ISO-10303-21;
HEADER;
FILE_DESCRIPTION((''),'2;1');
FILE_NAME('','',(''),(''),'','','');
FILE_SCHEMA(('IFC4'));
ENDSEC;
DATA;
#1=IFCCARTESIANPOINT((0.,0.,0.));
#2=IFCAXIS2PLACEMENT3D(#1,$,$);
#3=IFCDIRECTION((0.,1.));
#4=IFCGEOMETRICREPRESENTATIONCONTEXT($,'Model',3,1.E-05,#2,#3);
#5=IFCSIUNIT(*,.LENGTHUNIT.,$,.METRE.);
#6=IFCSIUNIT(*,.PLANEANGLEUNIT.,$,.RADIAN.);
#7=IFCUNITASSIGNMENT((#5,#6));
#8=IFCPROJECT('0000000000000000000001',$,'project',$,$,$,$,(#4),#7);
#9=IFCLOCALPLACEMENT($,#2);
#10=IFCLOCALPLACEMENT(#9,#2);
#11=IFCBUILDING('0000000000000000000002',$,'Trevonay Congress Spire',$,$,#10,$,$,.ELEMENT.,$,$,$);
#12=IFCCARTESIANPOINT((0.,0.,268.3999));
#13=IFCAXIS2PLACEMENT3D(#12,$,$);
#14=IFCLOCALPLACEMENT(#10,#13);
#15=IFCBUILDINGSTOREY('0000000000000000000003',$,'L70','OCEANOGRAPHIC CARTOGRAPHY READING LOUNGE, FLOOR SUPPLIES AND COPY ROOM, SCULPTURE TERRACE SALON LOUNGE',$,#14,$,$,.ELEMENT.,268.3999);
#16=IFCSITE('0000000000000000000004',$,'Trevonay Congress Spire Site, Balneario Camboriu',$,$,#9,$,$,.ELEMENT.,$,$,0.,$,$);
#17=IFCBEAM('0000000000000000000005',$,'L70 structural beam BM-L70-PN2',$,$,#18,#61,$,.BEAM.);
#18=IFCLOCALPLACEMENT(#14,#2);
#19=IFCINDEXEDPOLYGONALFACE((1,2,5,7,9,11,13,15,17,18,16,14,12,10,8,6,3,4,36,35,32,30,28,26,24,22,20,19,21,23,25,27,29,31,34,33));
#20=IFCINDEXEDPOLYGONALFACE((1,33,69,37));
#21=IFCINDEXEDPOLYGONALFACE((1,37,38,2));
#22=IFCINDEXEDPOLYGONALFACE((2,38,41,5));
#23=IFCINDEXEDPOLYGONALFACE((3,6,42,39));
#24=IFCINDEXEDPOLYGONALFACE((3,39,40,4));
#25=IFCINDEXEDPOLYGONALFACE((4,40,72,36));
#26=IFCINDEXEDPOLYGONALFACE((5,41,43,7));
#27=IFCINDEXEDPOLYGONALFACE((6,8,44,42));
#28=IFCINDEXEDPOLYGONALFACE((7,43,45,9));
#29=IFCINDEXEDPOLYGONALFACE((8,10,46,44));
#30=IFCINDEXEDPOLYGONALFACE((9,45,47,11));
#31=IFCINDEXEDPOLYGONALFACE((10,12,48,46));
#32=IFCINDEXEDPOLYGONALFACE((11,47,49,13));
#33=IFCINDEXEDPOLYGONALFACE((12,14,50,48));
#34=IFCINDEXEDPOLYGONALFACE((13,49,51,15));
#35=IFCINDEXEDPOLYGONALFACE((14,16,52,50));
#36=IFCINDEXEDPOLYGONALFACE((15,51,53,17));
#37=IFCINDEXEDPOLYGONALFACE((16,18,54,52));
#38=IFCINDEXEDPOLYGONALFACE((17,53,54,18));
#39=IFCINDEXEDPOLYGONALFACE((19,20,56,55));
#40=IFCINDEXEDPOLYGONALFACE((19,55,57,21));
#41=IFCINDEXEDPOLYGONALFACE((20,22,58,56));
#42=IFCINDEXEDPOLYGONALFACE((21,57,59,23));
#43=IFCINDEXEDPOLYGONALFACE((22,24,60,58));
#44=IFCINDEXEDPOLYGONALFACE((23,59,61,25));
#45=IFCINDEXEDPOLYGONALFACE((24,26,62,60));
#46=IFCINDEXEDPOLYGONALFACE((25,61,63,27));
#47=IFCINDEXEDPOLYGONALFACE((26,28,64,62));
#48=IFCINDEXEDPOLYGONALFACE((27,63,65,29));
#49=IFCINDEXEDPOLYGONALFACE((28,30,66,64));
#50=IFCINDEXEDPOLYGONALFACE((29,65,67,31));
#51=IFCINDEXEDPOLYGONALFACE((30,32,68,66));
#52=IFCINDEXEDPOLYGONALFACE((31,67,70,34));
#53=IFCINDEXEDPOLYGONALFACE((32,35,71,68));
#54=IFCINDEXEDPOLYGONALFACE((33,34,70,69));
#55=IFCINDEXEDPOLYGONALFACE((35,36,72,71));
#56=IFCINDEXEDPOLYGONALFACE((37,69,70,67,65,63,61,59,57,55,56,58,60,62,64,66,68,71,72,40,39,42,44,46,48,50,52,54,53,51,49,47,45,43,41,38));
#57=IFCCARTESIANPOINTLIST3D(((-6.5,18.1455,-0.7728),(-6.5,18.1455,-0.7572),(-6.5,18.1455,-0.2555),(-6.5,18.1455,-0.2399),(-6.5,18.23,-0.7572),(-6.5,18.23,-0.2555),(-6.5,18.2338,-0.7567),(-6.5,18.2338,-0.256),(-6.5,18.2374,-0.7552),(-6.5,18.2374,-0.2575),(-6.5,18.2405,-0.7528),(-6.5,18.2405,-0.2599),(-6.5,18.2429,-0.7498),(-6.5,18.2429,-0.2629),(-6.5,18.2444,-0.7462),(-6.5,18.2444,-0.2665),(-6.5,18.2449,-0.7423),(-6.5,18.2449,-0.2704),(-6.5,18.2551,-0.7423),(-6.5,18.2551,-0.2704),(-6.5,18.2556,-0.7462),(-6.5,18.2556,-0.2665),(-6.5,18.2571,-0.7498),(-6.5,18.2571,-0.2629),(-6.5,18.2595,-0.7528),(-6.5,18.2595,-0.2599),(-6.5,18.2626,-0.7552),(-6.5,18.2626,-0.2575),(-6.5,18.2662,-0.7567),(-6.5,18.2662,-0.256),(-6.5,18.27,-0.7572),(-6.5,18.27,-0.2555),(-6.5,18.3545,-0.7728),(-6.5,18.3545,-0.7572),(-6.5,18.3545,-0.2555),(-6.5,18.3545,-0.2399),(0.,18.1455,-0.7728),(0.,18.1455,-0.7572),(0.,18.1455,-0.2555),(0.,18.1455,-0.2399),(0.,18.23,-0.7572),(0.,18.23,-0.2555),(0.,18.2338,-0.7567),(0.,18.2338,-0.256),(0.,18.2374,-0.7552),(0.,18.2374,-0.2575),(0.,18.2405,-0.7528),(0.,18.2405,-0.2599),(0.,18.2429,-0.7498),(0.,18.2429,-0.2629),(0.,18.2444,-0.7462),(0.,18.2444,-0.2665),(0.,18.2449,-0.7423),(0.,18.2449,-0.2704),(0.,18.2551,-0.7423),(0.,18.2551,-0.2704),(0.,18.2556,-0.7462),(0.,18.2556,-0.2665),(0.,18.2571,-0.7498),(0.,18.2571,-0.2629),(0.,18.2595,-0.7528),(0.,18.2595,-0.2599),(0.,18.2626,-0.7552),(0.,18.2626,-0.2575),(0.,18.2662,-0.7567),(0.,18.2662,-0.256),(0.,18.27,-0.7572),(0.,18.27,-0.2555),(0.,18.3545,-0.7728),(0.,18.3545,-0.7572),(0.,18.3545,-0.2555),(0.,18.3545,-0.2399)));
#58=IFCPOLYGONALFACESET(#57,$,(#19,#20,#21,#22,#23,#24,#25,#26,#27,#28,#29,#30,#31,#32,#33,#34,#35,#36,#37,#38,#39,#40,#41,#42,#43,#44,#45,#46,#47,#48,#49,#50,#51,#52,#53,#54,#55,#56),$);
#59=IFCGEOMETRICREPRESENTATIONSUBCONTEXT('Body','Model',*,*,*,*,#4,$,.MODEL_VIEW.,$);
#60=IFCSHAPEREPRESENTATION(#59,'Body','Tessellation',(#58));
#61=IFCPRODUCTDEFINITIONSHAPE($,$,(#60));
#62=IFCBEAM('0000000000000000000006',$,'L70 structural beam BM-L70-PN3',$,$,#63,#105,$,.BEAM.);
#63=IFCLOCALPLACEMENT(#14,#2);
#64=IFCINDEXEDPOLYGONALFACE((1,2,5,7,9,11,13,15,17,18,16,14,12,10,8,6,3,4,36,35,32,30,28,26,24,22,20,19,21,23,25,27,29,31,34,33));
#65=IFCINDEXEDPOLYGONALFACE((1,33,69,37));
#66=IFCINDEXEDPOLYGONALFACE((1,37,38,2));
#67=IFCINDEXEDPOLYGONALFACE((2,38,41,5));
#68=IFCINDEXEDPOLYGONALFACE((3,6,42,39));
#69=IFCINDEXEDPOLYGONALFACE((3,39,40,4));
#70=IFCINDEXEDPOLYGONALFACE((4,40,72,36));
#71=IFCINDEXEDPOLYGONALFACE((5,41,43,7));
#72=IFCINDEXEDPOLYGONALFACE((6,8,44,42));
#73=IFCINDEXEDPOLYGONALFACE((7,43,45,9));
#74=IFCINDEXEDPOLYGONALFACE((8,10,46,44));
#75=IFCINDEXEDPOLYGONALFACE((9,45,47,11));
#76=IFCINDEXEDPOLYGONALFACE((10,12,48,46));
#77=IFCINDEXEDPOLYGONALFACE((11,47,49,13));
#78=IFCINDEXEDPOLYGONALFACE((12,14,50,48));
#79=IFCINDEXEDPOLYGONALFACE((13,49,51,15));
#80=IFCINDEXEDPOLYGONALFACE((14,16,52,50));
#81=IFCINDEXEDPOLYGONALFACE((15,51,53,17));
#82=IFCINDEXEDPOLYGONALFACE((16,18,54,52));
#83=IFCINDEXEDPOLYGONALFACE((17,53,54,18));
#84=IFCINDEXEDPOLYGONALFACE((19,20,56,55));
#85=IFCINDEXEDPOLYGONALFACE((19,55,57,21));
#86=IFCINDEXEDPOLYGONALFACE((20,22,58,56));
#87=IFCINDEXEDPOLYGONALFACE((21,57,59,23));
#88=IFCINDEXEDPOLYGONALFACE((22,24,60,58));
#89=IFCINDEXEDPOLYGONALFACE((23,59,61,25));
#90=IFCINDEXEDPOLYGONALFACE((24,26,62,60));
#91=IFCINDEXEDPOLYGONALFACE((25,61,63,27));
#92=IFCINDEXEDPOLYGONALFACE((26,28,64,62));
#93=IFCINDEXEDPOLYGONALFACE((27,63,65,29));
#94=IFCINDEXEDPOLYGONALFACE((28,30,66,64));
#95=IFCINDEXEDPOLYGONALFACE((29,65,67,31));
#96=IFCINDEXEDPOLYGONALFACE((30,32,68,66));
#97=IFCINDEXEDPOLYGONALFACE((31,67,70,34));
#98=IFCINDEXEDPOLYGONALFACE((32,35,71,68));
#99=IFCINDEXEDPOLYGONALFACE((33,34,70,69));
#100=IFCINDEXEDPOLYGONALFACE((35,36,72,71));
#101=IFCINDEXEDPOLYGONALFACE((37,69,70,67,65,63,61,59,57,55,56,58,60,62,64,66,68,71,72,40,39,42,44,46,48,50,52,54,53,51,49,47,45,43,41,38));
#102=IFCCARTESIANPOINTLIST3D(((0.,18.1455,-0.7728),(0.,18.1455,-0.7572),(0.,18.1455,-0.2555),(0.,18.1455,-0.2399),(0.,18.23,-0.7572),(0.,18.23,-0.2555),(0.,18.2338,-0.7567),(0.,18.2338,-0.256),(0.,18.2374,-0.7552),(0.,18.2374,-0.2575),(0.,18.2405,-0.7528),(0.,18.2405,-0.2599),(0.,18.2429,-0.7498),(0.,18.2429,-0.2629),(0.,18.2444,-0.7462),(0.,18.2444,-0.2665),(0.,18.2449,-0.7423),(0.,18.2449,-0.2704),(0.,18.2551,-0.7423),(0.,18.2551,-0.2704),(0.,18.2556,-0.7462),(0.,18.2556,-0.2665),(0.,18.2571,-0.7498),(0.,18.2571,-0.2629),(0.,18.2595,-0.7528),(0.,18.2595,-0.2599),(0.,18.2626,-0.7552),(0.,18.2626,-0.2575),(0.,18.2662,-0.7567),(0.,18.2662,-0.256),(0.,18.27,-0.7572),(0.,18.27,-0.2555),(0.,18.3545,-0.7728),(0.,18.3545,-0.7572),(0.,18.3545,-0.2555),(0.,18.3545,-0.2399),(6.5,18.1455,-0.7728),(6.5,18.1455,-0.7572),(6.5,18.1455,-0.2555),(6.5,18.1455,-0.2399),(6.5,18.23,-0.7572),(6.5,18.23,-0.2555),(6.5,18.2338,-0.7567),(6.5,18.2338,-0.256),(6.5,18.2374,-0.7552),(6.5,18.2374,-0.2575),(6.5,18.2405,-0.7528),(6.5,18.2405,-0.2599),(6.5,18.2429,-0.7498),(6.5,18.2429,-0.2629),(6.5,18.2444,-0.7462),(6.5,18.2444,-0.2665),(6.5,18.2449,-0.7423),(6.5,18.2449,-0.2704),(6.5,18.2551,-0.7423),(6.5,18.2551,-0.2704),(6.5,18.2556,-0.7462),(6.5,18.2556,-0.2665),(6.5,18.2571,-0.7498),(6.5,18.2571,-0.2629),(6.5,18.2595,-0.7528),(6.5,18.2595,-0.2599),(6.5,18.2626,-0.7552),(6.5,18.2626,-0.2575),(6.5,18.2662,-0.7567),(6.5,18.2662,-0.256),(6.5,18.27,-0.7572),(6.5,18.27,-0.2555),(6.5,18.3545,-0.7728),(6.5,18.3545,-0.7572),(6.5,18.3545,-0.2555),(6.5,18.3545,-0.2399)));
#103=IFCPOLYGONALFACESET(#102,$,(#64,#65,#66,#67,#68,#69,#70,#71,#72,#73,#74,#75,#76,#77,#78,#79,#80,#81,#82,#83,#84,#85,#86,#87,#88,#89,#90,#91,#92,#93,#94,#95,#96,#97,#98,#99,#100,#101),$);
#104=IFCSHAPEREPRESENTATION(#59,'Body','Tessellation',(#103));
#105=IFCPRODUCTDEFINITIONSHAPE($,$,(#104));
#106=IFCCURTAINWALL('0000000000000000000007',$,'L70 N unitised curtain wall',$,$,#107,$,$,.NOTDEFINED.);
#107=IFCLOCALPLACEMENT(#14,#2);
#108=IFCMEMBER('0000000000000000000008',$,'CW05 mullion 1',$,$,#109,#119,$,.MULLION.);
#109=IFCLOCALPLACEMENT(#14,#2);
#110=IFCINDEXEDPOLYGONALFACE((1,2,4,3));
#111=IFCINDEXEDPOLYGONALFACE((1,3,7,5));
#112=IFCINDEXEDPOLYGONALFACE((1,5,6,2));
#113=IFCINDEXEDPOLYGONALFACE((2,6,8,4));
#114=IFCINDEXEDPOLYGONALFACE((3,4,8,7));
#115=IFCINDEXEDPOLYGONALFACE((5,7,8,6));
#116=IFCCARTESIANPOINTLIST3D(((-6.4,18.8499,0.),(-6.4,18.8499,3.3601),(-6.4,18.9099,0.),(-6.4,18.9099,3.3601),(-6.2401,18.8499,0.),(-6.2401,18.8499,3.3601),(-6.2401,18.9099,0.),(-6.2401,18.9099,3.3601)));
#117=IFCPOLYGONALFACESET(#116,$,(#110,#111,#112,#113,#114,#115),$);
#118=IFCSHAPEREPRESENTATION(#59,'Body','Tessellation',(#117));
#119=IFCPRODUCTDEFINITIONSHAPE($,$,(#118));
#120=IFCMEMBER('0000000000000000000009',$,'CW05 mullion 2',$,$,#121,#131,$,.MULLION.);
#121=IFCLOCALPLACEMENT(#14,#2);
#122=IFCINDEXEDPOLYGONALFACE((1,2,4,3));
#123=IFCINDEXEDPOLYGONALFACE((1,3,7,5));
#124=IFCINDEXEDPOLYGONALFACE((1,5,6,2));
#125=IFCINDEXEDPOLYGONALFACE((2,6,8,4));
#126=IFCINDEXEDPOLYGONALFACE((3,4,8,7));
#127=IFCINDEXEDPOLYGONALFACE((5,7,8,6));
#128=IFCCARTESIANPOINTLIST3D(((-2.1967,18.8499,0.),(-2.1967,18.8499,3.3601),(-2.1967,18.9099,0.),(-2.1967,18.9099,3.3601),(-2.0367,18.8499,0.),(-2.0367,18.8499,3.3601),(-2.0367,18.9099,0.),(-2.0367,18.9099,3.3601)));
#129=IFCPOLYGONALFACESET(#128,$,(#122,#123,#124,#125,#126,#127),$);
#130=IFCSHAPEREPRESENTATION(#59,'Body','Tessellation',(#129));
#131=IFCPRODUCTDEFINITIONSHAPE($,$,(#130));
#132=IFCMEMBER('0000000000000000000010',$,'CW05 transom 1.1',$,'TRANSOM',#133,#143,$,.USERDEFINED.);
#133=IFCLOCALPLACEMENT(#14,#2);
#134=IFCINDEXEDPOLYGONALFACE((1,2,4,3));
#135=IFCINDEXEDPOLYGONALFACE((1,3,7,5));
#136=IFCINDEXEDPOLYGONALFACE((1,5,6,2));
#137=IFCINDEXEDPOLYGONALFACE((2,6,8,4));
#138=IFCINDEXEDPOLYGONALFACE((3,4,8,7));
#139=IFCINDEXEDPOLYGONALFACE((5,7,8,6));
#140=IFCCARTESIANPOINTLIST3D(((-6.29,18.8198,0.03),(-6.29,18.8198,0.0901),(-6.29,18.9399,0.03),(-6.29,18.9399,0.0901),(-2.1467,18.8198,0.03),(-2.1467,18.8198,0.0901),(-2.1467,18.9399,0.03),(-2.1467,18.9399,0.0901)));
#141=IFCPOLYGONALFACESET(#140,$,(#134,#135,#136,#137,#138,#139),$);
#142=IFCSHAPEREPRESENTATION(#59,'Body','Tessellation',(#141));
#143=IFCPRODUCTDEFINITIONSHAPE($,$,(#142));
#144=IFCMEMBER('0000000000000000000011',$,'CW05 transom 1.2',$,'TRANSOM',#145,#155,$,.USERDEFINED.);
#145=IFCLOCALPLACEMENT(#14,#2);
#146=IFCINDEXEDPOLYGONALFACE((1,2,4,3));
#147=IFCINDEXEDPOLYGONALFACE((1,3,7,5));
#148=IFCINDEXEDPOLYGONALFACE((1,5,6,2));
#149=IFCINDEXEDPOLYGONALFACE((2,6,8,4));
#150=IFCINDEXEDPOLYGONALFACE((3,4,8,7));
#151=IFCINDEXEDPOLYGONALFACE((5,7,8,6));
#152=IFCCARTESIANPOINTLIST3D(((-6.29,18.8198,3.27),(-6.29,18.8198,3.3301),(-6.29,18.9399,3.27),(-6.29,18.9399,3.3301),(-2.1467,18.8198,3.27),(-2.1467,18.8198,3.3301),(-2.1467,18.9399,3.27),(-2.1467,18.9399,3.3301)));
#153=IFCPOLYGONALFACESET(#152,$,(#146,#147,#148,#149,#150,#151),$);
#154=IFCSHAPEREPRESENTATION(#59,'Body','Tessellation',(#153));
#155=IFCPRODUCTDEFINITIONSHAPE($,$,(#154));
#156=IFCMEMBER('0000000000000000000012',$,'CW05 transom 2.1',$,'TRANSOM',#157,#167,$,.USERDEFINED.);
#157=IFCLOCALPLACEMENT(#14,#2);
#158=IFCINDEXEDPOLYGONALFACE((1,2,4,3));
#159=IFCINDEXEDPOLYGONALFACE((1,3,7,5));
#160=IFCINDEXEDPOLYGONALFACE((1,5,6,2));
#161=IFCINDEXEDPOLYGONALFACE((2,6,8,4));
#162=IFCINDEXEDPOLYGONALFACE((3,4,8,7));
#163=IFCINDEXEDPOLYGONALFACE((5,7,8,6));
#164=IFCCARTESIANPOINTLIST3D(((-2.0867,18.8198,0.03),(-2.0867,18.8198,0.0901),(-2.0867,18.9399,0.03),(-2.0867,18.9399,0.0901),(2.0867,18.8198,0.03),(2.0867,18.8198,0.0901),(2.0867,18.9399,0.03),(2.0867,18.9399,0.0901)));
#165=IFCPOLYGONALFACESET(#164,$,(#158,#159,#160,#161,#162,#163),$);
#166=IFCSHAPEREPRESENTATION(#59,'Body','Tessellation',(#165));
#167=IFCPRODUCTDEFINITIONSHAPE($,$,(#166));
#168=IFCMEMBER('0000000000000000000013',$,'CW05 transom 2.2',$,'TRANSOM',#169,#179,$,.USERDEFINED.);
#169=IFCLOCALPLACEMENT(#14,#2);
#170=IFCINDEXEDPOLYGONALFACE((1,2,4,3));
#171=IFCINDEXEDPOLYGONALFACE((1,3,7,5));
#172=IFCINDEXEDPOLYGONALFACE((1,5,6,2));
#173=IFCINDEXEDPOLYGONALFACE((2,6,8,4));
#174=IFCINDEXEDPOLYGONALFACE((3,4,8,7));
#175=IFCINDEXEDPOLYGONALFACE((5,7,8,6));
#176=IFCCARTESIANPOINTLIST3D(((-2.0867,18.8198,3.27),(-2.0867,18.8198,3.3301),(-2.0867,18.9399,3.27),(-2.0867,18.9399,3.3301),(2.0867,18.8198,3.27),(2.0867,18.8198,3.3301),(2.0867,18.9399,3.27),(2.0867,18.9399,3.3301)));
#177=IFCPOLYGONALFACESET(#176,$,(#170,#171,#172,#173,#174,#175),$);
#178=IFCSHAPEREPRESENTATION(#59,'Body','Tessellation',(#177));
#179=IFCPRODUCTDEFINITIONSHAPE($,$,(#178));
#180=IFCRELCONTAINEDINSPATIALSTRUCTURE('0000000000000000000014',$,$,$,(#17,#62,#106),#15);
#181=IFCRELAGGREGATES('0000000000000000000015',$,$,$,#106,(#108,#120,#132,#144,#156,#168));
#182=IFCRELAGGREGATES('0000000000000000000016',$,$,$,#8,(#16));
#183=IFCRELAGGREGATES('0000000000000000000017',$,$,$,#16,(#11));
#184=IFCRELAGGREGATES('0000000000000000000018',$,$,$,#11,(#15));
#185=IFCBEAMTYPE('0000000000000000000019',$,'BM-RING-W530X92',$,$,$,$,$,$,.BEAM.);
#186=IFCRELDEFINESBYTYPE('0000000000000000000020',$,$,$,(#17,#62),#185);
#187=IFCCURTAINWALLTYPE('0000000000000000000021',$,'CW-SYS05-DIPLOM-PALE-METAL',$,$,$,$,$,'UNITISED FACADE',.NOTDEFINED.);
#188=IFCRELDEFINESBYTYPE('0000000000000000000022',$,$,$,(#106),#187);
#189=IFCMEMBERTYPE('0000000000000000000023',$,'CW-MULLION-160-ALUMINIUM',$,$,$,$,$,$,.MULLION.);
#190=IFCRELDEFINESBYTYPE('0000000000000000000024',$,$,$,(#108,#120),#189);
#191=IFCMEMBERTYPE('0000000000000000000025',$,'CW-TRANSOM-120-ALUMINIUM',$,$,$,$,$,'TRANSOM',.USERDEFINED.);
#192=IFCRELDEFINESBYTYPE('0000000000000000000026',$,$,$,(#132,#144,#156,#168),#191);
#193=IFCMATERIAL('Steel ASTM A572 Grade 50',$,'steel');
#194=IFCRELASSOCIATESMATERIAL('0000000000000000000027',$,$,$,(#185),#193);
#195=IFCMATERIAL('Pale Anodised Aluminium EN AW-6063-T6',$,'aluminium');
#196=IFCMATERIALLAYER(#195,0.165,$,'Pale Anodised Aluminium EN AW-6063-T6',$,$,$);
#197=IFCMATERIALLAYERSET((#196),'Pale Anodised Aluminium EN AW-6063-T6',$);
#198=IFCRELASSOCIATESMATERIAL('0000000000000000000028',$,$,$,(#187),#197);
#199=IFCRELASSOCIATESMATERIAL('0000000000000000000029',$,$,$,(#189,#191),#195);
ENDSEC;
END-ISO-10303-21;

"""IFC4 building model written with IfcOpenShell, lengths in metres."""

from ifc_helpers import new_model, si_unit, direction, frame, origin, origin_2d, place, context, subcontext, project, spatial, rectangle, i_section, extrude, material, layer, layer_set, material_profile, profile_set, type_object, element, aggregate, save


model = new_model("IFC4")

# Units and contexts
model_context = context("Model", 3, precision=1e-05, world=origin(), true_north=direction((0.0, 1.0)))
body_context = subcontext(model_context, "Body", "Model", "MODEL_VIEW")
ifc_project = project(units=[si_unit("LENGTHUNIT", "METRE"), si_unit("PLANEANGLEUNIT", "RADIAN")], contexts=[model_context])

# Site, building, storey
site_placement = place(None, origin())
site = spatial("IfcSite", under=ifc_project, at=site_placement, Name="Trevonay Congress Spire Site, Balneario Camboriu", CompositionType="ELEMENT", RefElevation=0.0)
building_placement = place(site_placement, origin())
building = spatial("IfcBuilding", under=site, at=building_placement, Name="Trevonay Congress Spire", CompositionType="ELEMENT")
storey_placement = place(building_placement, frame((0.0, 0.0, 268.3999)))
storey = spatial("IfcBuildingStorey", under=building, at=storey_placement, Name="L70", Description="OCEANOGRAPHIC CARTOGRAPHY READING LOUNGE, FLOOR SUPPLIES AND COPY ROOM, SCULPTURE TERRACE SALON LOUNGE", CompositionType="ELEMENT", Elevation=268.3999)

# Shared definitions
ifc_material_1 = material(Name="Steel ASTM A572 Grade 50", Category="steel")

# Beams
ifc_material_profile_1 = material_profile(ifc_material_1, i_section(OverallWidth=0.209, OverallDepth=0.533, WebThickness=0.0103, FlangeThickness=0.0156, FilletRadius=0.0149, at=origin_2d()), Name="W530x92")
ifc_profile_set_1 = profile_set([ifc_material_profile_1], Name="Steel ASTM A572 Grade 50")
beam_type_1 = type_object("IfcBeamType", Name="BM-RING-W530X92", PredefinedType="BEAM", material=ifc_profile_set_1)
for number, where, z_axis, x_axis, name in (
    (1, (-6.5, 18.25, -0.5063), (1.0, 0.0, 0.0), (0.0, 1.0, 0.0), "L70 structural beam BM-L70-PN2"),
    (2, (0.0, 18.25, -0.5063), (1.0, 0.0, 0.0), (0.0, 1.0, 0.0), "L70 structural beam BM-L70-PN3"),
):
    element("IfcBeam", number, at=place(storey_placement, frame(where, z_axis=z_axis, x_axis=x_axis)), inside=storey, type_object=beam_type_1, Name=name, PredefinedType="BEAM", context=body_context, shape_type="SweptSolid", body=[
        extrude(i_section(OverallWidth=0.209, OverallDepth=0.533, WebThickness=0.0103, FlangeThickness=0.0156, FilletRadius=0.0149, at=origin_2d()), origin(), (0.0, 0.0, 1.0), 6.5),
    ])

# Curtain wall, members
ifc_material_2 = material(Name="Pale Anodised Aluminium EN AW-6063-T6", Category="aluminium")
ifc_layer_1 = layer(ifc_material_2, 0.165, Name="Pale Anodised Aluminium EN AW-6063-T6")
ifc_layer_set_1 = layer_set([ifc_layer_1], Name="Pale Anodised Aluminium EN AW-6063-T6")
curtain_wall_type = type_object("IfcCurtainWallType", Name="CW-SYS05-DIPLOM-PALE-METAL", ElementType="UNITISED FACADE", PredefinedType="NOTDEFINED", material=ifc_layer_set_1)
curtain_wall_placement = place(storey_placement, origin())
curtain_wall = element("IfcCurtainWall", 3, at=curtain_wall_placement, inside=storey, type_object=curtain_wall_type, Name="L70 N unitised curtain wall", PredefinedType="NOTDEFINED")
ifc_material_profile_2 = material_profile(ifc_material_2, rectangle(XDim=0.0601, YDim=0.1599, at=origin_2d()), Name="CW-MULLION-160-ALUMINIUM")
ifc_profile_set_2 = profile_set([ifc_material_profile_2], Name="Pale Anodised Aluminium EN AW-6063-T6")
member_type_1 = type_object("IfcMemberType", Name="CW-MULLION-160-ALUMINIUM", PredefinedType="MULLION", material=ifc_profile_set_2)
member_1_placement = place(storey_placement, frame((-6.3201, 18.8799, 0.0), z_axis=(0.0, 0.0, 1.0), x_axis=(0.0, 1.0, 0.0)))
member_1 = element("IfcMember", 4, at=member_1_placement, type_object=member_type_1, Name="CW05 mullion 1", PredefinedType="MULLION", context=body_context, shape_type="SweptSolid", body=[
    extrude(rectangle(XDim=0.0601, YDim=0.1599, at=origin_2d()), origin(), (0.0, 0.0, 1.0), 3.3601),
])
member_2_placement = place(storey_placement, frame((-2.1167, 18.8799, 0.0), z_axis=(0.0, 0.0, 1.0), x_axis=(0.0, 1.0, 0.0)))
member_2 = element("IfcMember", 5, at=member_2_placement, type_object=member_type_1, Name="CW05 mullion 2", PredefinedType="MULLION", context=body_context, shape_type="SweptSolid", body=[
    extrude(rectangle(XDim=0.0601, YDim=0.1599, at=origin_2d()), origin(), (0.0, 0.0, 1.0), 3.3601),
])
ifc_material_profile_3 = material_profile(ifc_material_2, rectangle(XDim=0.1201, YDim=0.0601, at=origin_2d()), Name="CW-TRANSOM-120-ALUMINIUM")
ifc_profile_set_3 = profile_set([ifc_material_profile_3], Name="Pale Anodised Aluminium EN AW-6063-T6")
member_type_2 = type_object("IfcMemberType", Name="CW-TRANSOM-120-ALUMINIUM", ElementType="TRANSOM", PredefinedType="USERDEFINED", material=ifc_profile_set_3)
member_3_placement = place(storey_placement, frame((-6.29, 18.8799, 0.0601), z_axis=(1.0, 0.0, 0.0), x_axis=(0.0, 1.0, 0.0)))
member_3 = element("IfcMember", 6, at=member_3_placement, type_object=member_type_2, Name="CW05 transom 1.1", ObjectType="TRANSOM", PredefinedType="USERDEFINED", context=body_context, shape_type="SweptSolid", body=[
    extrude(rectangle(XDim=0.1201, YDim=0.0601, at=origin_2d()), origin(), (0.0, 0.0, 1.0), 4.1433),
])
member_4_placement = place(storey_placement, frame((-6.29, 18.8799, 3.3), z_axis=(1.0, 0.0, 0.0), x_axis=(0.0, 1.0, 0.0)))
member_4 = element("IfcMember", 7, at=member_4_placement, type_object=member_type_2, Name="CW05 transom 1.2", ObjectType="TRANSOM", PredefinedType="USERDEFINED", context=body_context, shape_type="SweptSolid", body=[
    extrude(rectangle(XDim=0.1201, YDim=0.0601, at=origin_2d()), origin(), (0.0, 0.0, 1.0), 4.1433),
])
member_5_placement = place(storey_placement, frame((-2.0867, 18.8799, 0.0601), z_axis=(1.0, 0.0, 0.0), x_axis=(0.0, 1.0, 0.0)))
member_5 = element("IfcMember", 8, at=member_5_placement, type_object=member_type_2, Name="CW05 transom 2.1", ObjectType="TRANSOM", PredefinedType="USERDEFINED", context=body_context, shape_type="SweptSolid", body=[
    extrude(rectangle(XDim=0.1201, YDim=0.0601, at=origin_2d()), origin(), (0.0, 0.0, 1.0), 4.1733),
])
member_6_placement = place(storey_placement, frame((-2.0867, 18.8799, 3.3), z_axis=(1.0, 0.0, 0.0), x_axis=(0.0, 1.0, 0.0)))
member_6 = element("IfcMember", 9, at=member_6_placement, type_object=member_type_2, Name="CW05 transom 2.2", ObjectType="TRANSOM", PredefinedType="USERDEFINED", context=body_context, shape_type="SweptSolid", body=[
    extrude(rectangle(XDim=0.1201, YDim=0.0601, at=origin_2d()), origin(), (0.0, 0.0, 1.0), 4.1733),
])

aggregate(curtain_wall, [member_1, member_2, member_3, member_4, member_5, member_6])

save(model, "model.ifc")
